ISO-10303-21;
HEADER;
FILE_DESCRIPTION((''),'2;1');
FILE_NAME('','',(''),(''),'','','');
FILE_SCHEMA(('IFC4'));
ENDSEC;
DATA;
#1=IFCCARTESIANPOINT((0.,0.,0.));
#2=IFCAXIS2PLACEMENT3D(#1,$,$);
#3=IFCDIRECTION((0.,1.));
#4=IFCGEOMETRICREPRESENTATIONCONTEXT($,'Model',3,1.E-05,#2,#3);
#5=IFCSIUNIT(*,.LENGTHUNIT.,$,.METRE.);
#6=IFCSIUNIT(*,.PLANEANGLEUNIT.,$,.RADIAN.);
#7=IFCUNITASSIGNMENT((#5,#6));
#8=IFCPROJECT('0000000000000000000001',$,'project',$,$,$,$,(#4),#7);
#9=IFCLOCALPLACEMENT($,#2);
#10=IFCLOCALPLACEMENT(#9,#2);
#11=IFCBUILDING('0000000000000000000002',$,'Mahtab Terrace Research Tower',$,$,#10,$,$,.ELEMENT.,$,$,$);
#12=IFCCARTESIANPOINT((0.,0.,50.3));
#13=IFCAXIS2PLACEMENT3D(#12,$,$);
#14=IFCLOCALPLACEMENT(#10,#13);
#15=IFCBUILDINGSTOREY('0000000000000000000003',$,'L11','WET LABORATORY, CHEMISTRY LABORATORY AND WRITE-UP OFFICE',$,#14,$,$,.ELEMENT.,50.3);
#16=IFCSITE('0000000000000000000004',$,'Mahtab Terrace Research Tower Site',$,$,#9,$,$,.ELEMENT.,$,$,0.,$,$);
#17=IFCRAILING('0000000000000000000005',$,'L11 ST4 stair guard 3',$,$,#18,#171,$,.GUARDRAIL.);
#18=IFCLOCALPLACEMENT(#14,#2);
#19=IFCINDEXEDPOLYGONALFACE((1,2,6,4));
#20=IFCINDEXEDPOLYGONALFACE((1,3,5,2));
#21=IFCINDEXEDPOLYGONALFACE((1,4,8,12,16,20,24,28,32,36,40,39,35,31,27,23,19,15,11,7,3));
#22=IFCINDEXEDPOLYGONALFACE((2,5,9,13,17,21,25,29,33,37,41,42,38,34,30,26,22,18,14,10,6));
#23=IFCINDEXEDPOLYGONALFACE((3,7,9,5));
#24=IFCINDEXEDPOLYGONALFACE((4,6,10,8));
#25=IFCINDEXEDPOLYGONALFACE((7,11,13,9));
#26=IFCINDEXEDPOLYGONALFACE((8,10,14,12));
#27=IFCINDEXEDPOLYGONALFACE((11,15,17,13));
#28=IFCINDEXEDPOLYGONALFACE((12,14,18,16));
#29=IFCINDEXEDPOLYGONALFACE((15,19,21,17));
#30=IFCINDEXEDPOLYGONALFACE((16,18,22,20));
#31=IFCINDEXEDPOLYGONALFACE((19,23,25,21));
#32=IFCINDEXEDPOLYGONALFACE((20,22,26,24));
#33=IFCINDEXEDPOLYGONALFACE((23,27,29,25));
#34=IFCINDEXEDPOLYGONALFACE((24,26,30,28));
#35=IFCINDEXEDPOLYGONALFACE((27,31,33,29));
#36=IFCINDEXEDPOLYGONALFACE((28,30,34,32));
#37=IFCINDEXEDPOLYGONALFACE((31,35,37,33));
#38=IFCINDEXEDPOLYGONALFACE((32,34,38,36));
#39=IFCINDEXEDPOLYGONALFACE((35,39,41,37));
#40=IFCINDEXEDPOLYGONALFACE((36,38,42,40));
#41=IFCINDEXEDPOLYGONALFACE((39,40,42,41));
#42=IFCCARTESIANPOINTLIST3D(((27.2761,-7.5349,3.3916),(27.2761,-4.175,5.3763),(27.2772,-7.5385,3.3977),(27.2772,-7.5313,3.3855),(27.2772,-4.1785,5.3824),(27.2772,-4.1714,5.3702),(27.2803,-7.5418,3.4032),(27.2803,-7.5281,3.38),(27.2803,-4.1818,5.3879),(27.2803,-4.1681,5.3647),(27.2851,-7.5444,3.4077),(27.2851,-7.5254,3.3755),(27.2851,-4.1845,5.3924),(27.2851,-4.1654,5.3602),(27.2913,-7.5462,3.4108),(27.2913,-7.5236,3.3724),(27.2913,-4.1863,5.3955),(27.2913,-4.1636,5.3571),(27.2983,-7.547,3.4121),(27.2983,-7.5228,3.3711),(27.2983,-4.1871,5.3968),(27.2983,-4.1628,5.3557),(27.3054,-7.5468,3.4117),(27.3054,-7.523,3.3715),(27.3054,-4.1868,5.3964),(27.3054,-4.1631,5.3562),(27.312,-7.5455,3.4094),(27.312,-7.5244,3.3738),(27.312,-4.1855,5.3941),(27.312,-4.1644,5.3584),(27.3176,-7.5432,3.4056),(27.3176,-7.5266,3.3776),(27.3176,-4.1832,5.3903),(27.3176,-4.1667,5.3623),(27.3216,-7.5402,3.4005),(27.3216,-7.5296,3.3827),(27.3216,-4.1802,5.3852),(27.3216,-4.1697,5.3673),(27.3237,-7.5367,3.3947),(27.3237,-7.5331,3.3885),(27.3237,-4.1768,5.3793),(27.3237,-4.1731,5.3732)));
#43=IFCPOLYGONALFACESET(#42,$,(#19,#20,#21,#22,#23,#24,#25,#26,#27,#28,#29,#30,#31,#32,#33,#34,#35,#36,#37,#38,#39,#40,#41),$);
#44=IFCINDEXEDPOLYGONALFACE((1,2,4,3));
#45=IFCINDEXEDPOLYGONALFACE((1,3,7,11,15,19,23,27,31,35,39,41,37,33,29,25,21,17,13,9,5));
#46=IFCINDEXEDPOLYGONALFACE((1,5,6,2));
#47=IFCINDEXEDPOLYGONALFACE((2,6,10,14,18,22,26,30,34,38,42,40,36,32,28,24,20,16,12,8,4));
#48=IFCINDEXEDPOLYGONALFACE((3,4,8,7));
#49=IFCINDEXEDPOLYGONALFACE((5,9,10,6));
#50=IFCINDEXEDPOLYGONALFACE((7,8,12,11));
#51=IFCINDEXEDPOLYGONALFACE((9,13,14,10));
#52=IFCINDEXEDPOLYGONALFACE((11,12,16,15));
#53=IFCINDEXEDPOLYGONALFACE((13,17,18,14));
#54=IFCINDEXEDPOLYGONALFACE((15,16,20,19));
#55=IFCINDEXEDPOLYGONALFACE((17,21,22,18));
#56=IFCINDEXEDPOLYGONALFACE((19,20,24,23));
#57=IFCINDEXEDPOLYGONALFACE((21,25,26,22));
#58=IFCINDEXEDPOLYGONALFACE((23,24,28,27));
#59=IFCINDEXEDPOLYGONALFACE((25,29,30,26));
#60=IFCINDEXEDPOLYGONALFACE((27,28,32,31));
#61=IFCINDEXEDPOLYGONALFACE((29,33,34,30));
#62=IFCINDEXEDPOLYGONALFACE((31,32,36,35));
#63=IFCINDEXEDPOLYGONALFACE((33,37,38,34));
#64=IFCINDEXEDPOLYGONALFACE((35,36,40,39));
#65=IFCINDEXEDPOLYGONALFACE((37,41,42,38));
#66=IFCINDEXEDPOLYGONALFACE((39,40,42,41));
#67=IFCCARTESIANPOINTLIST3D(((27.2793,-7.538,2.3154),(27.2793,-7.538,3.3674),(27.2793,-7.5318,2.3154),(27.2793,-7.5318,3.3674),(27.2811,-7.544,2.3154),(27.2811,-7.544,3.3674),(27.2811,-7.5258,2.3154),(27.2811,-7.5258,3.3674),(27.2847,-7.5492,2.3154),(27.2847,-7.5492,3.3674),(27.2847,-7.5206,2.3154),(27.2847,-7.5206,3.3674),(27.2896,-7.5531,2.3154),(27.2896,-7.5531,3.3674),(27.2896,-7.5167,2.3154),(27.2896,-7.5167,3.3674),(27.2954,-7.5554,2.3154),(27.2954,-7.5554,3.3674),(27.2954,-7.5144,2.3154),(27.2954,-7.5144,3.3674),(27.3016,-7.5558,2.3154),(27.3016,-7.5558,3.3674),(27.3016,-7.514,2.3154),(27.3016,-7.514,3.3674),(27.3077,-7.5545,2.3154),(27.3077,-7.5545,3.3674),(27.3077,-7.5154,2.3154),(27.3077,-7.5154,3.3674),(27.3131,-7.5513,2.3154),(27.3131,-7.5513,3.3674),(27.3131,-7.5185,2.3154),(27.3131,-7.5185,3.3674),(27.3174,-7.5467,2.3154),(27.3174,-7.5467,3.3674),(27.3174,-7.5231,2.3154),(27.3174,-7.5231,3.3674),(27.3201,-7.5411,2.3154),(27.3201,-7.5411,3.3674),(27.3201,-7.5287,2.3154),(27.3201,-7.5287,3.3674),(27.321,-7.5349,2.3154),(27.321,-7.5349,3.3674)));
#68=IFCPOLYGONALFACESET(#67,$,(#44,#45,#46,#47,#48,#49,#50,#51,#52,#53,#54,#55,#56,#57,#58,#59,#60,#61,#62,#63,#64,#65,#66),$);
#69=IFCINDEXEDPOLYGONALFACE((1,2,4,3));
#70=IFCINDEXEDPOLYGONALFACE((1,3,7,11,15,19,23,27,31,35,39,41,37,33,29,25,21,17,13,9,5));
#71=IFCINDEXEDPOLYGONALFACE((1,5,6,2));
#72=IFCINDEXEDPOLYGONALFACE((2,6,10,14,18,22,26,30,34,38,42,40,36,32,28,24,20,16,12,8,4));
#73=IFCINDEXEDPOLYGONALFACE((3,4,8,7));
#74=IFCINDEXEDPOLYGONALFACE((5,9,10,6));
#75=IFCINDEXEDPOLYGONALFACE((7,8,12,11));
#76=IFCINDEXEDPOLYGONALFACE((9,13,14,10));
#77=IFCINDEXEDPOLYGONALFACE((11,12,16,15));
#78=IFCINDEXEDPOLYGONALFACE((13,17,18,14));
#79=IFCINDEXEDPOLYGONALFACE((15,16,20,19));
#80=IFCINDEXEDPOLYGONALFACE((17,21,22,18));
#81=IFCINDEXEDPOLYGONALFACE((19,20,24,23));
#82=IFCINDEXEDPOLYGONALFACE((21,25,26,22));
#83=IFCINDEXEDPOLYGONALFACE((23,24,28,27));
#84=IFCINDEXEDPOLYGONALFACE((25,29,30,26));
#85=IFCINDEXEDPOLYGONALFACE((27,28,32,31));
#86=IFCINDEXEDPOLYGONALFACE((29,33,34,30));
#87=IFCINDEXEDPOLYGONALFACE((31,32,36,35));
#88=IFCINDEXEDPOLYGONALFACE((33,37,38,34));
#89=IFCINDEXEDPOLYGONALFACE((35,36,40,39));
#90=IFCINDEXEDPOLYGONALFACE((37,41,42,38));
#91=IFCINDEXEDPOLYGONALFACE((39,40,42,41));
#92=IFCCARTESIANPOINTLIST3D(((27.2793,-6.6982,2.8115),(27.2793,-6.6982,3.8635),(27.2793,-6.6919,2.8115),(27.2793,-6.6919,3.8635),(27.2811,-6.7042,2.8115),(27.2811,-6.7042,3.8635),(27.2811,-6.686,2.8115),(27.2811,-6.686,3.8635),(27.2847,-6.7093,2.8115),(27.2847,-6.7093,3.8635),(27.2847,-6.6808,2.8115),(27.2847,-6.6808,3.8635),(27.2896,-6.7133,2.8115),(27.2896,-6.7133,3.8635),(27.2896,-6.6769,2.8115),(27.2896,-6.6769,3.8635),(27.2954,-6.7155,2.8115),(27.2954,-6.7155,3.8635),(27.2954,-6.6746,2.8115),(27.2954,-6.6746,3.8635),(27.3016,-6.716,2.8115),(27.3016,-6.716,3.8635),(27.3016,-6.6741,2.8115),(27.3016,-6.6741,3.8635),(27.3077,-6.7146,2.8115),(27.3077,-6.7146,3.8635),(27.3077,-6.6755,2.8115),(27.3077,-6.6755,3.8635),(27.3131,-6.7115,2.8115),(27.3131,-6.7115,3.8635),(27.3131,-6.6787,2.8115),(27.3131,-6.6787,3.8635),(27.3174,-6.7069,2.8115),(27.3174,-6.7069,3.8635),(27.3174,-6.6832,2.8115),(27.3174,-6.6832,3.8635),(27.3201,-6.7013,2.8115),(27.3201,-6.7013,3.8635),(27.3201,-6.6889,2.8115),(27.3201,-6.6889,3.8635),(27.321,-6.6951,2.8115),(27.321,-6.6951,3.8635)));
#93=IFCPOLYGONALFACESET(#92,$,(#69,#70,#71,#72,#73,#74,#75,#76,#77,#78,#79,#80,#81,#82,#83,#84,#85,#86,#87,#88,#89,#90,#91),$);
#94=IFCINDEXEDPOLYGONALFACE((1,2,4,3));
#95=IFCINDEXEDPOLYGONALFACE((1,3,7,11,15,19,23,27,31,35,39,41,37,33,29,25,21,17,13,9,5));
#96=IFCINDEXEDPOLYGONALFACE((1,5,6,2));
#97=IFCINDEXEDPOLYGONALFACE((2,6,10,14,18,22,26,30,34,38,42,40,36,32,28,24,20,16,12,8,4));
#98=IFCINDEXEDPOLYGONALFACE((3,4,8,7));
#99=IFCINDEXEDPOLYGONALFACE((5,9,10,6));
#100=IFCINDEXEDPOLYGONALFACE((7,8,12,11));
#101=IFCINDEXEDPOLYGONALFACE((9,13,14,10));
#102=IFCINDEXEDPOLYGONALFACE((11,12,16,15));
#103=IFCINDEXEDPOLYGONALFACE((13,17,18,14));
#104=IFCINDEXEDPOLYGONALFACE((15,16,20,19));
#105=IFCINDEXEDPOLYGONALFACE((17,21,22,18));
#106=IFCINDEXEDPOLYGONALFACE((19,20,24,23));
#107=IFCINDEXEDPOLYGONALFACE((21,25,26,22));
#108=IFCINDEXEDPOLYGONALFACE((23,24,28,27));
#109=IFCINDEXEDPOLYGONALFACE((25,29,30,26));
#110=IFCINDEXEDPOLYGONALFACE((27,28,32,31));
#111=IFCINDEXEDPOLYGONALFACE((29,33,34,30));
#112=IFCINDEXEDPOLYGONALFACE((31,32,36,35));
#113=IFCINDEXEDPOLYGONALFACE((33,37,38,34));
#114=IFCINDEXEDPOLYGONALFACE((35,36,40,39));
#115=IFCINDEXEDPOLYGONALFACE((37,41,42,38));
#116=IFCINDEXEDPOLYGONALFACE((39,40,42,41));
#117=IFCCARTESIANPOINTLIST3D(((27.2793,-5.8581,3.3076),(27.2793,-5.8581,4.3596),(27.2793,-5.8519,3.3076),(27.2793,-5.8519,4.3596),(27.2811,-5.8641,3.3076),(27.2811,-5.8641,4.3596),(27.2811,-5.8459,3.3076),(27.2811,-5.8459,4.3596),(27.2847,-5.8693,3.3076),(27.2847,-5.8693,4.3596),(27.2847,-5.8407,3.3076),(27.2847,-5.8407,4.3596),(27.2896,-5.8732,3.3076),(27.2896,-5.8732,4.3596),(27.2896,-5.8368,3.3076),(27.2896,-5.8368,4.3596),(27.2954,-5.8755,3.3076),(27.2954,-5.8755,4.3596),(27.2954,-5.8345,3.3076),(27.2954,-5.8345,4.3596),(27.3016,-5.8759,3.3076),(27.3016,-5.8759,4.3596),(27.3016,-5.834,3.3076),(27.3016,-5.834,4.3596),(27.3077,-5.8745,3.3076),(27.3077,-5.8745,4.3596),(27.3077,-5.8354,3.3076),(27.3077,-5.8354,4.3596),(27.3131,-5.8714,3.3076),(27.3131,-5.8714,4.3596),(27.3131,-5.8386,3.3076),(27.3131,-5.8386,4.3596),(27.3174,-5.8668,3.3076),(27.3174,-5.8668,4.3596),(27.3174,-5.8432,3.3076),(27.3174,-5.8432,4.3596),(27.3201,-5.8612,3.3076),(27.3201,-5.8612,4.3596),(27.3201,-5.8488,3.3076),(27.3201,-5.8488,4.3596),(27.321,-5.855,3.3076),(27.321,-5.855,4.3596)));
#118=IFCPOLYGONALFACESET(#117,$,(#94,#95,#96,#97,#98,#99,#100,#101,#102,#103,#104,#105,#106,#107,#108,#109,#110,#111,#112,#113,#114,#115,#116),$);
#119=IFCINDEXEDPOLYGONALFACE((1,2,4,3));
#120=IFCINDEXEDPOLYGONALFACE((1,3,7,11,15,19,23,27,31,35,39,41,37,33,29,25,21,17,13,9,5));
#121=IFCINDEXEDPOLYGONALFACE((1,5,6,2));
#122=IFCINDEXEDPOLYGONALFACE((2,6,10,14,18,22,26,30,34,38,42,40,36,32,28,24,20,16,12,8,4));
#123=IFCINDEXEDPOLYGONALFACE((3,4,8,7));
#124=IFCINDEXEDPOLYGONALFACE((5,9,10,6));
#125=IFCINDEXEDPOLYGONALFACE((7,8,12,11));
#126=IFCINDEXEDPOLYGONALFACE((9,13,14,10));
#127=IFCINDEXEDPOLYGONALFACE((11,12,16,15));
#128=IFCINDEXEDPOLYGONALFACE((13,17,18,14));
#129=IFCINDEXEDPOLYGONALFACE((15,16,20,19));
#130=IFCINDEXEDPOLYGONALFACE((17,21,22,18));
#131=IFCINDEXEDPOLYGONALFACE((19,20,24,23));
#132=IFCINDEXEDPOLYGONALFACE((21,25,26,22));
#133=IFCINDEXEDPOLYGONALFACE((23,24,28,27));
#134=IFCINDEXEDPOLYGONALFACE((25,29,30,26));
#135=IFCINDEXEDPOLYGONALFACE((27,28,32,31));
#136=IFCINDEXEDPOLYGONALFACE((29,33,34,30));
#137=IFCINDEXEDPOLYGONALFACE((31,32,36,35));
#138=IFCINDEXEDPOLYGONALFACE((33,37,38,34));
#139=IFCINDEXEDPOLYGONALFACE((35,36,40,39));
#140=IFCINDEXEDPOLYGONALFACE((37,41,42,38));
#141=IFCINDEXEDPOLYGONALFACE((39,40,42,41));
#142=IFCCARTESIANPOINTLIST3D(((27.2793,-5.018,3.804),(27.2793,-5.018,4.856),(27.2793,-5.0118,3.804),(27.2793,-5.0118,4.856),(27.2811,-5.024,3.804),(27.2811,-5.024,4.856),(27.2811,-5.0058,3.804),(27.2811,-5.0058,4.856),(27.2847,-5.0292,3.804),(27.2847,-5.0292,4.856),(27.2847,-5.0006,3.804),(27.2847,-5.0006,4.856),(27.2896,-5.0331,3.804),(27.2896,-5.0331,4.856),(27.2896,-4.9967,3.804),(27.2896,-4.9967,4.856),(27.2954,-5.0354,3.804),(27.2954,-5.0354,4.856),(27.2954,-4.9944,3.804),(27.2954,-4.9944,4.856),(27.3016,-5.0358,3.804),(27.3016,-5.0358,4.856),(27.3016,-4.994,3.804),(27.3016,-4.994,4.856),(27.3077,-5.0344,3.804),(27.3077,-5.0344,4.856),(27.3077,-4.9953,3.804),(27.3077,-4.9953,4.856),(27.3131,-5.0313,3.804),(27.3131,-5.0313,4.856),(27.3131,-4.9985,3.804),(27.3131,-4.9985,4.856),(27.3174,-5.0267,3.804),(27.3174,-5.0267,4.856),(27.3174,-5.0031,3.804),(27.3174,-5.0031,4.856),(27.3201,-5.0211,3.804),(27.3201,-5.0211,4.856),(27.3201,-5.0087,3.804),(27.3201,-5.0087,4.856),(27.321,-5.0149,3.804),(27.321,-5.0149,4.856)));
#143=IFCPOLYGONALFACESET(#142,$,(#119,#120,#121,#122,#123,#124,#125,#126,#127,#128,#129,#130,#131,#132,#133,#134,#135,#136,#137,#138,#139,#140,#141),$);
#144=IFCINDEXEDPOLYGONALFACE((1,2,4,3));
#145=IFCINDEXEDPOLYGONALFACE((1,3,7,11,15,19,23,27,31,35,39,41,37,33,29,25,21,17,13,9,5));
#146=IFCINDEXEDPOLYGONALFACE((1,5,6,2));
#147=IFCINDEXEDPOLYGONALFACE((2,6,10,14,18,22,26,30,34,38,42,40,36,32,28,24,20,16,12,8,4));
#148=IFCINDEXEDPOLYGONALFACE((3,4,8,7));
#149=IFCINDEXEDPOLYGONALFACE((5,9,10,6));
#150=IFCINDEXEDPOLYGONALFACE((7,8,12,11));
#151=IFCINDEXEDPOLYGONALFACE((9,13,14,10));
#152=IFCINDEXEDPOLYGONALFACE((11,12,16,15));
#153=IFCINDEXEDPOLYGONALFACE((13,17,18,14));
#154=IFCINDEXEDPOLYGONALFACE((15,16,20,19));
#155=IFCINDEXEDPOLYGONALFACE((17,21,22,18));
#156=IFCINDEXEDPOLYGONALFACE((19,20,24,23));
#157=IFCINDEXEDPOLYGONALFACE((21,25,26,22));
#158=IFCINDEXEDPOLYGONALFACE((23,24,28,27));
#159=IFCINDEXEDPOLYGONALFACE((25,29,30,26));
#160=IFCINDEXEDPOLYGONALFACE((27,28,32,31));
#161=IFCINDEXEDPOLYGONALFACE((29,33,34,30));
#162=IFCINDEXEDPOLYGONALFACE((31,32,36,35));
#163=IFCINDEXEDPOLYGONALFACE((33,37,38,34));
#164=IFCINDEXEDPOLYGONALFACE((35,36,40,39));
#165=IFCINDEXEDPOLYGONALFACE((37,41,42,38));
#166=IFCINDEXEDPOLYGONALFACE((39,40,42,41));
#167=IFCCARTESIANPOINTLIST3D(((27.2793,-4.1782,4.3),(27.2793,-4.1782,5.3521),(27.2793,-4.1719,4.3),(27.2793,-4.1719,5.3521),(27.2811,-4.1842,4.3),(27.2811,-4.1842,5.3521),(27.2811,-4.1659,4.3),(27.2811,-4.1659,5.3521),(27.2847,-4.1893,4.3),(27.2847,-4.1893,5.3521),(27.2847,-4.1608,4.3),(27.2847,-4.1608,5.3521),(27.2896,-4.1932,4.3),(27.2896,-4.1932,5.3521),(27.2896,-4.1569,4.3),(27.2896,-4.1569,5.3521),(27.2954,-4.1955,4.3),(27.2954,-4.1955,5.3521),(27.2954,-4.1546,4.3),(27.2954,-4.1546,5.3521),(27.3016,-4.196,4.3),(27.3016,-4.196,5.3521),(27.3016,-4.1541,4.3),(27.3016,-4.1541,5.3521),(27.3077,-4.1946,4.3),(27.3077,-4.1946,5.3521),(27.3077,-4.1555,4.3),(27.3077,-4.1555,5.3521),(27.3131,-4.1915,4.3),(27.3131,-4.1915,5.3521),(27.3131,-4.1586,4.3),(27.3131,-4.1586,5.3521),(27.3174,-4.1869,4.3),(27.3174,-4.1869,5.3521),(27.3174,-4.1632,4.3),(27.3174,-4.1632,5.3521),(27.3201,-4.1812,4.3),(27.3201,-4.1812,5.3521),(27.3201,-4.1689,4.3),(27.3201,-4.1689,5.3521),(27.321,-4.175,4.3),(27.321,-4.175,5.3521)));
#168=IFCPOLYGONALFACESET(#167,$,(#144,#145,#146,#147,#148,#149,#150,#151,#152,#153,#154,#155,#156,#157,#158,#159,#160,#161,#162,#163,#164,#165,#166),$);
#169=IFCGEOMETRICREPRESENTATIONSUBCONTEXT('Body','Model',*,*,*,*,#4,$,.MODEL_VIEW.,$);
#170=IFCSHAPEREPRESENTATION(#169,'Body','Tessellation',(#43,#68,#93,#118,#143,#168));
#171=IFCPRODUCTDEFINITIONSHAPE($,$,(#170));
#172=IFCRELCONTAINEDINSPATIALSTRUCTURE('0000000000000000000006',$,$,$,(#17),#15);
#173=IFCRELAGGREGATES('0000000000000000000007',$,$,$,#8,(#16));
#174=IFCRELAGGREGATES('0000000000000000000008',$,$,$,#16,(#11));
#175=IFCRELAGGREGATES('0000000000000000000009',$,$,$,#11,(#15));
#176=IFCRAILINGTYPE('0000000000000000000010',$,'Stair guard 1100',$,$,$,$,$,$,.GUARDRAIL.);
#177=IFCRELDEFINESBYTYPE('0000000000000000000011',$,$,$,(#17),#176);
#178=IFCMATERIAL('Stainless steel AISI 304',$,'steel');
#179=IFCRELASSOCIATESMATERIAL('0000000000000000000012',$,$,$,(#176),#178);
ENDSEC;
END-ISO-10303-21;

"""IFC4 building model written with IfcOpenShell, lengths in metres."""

from ifc_helpers import new_model, si_unit, direction, frame, origin, origin_2d, place, context, subcontext, project, spatial, circle, extrude, material, type_object, element, save


model = new_model("IFC4")

# Units and contexts
model_context = context("Model", 3, precision=1e-05, world=origin(), true_north=direction((0.0, 1.0)))
body_context = subcontext(model_context, "Body", "Model", "MODEL_VIEW")
ifc_project = project(units=[si_unit("LENGTHUNIT", "METRE"), si_unit("PLANEANGLEUNIT", "RADIAN")], contexts=[model_context])

# Site, building, storey
site_placement = place(None, origin())
site = spatial("IfcSite", under=ifc_project, at=site_placement, Name="Mahtab Terrace Research Tower Site", CompositionType="ELEMENT", RefElevation=0.0)
building_placement = place(site_placement, origin())
building = spatial("IfcBuilding", under=site, at=building_placement, Name="Mahtab Terrace Research Tower", CompositionType="ELEMENT")
storey_placement = place(building_placement, frame((0.0, 0.0, 50.3)))
storey = spatial("IfcBuildingStorey", under=building, at=storey_placement, Name="L11", Description="WET LABORATORY, CHEMISTRY LABORATORY AND WRITE-UP OFFICE", CompositionType="ELEMENT", Elevation=50.3)

# Railing
ifc_material_1 = material(Name="Stainless steel AISI 304", Category="steel")
railing_type_1 = type_object("IfcRailingType", Name="Stair guard 1100", PredefinedType="GUARDRAIL", material=ifc_material_1)
railing_1_placement = place(storey_placement, frame((27.3, -7.5349, 2.3154)))
element("IfcRailing", 1, at=railing_1_placement, inside=storey, type_object=railing_type_1, Name="L11 ST4 stair guard 3", PredefinedType="GUARDRAIL", context=body_context, shape_type="SweptSolid", body=[
    extrude(circle(Radius=0.0239, at=origin_2d()), frame((0.0, 0.0, 1.0762), z_axis=(0.0, 0.861011, 0.508586), x_axis=(-1.0, 0.0, 0.0)), (0.0, 0.0, 1.0), 3.9023),
    extrude(circle(Radius=0.021, at=origin_2d()), origin(), (0.0, 0.0, 1.0), 1.052),
    extrude(circle(Radius=0.021, at=origin_2d()), frame((0.0, 0.8398, 0.4961)), (0.0, 0.0, 1.0), 1.052),
    extrude(circle(Radius=0.021, at=origin_2d()), frame((0.0, 1.6799, 0.9922)), (0.0, 0.0, 1.0), 1.052),
    extrude(circle(Radius=0.021, at=origin_2d()), frame((0.0, 2.52, 1.4885)), (0.0, 0.0, 1.0), 1.052),
    extrude(circle(Radius=0.021, at=origin_2d()), frame((0.0, 3.3599, 1.9846)), (0.0, 0.0, 1.0), 1.052),
])

save(model, "model.ifc")
